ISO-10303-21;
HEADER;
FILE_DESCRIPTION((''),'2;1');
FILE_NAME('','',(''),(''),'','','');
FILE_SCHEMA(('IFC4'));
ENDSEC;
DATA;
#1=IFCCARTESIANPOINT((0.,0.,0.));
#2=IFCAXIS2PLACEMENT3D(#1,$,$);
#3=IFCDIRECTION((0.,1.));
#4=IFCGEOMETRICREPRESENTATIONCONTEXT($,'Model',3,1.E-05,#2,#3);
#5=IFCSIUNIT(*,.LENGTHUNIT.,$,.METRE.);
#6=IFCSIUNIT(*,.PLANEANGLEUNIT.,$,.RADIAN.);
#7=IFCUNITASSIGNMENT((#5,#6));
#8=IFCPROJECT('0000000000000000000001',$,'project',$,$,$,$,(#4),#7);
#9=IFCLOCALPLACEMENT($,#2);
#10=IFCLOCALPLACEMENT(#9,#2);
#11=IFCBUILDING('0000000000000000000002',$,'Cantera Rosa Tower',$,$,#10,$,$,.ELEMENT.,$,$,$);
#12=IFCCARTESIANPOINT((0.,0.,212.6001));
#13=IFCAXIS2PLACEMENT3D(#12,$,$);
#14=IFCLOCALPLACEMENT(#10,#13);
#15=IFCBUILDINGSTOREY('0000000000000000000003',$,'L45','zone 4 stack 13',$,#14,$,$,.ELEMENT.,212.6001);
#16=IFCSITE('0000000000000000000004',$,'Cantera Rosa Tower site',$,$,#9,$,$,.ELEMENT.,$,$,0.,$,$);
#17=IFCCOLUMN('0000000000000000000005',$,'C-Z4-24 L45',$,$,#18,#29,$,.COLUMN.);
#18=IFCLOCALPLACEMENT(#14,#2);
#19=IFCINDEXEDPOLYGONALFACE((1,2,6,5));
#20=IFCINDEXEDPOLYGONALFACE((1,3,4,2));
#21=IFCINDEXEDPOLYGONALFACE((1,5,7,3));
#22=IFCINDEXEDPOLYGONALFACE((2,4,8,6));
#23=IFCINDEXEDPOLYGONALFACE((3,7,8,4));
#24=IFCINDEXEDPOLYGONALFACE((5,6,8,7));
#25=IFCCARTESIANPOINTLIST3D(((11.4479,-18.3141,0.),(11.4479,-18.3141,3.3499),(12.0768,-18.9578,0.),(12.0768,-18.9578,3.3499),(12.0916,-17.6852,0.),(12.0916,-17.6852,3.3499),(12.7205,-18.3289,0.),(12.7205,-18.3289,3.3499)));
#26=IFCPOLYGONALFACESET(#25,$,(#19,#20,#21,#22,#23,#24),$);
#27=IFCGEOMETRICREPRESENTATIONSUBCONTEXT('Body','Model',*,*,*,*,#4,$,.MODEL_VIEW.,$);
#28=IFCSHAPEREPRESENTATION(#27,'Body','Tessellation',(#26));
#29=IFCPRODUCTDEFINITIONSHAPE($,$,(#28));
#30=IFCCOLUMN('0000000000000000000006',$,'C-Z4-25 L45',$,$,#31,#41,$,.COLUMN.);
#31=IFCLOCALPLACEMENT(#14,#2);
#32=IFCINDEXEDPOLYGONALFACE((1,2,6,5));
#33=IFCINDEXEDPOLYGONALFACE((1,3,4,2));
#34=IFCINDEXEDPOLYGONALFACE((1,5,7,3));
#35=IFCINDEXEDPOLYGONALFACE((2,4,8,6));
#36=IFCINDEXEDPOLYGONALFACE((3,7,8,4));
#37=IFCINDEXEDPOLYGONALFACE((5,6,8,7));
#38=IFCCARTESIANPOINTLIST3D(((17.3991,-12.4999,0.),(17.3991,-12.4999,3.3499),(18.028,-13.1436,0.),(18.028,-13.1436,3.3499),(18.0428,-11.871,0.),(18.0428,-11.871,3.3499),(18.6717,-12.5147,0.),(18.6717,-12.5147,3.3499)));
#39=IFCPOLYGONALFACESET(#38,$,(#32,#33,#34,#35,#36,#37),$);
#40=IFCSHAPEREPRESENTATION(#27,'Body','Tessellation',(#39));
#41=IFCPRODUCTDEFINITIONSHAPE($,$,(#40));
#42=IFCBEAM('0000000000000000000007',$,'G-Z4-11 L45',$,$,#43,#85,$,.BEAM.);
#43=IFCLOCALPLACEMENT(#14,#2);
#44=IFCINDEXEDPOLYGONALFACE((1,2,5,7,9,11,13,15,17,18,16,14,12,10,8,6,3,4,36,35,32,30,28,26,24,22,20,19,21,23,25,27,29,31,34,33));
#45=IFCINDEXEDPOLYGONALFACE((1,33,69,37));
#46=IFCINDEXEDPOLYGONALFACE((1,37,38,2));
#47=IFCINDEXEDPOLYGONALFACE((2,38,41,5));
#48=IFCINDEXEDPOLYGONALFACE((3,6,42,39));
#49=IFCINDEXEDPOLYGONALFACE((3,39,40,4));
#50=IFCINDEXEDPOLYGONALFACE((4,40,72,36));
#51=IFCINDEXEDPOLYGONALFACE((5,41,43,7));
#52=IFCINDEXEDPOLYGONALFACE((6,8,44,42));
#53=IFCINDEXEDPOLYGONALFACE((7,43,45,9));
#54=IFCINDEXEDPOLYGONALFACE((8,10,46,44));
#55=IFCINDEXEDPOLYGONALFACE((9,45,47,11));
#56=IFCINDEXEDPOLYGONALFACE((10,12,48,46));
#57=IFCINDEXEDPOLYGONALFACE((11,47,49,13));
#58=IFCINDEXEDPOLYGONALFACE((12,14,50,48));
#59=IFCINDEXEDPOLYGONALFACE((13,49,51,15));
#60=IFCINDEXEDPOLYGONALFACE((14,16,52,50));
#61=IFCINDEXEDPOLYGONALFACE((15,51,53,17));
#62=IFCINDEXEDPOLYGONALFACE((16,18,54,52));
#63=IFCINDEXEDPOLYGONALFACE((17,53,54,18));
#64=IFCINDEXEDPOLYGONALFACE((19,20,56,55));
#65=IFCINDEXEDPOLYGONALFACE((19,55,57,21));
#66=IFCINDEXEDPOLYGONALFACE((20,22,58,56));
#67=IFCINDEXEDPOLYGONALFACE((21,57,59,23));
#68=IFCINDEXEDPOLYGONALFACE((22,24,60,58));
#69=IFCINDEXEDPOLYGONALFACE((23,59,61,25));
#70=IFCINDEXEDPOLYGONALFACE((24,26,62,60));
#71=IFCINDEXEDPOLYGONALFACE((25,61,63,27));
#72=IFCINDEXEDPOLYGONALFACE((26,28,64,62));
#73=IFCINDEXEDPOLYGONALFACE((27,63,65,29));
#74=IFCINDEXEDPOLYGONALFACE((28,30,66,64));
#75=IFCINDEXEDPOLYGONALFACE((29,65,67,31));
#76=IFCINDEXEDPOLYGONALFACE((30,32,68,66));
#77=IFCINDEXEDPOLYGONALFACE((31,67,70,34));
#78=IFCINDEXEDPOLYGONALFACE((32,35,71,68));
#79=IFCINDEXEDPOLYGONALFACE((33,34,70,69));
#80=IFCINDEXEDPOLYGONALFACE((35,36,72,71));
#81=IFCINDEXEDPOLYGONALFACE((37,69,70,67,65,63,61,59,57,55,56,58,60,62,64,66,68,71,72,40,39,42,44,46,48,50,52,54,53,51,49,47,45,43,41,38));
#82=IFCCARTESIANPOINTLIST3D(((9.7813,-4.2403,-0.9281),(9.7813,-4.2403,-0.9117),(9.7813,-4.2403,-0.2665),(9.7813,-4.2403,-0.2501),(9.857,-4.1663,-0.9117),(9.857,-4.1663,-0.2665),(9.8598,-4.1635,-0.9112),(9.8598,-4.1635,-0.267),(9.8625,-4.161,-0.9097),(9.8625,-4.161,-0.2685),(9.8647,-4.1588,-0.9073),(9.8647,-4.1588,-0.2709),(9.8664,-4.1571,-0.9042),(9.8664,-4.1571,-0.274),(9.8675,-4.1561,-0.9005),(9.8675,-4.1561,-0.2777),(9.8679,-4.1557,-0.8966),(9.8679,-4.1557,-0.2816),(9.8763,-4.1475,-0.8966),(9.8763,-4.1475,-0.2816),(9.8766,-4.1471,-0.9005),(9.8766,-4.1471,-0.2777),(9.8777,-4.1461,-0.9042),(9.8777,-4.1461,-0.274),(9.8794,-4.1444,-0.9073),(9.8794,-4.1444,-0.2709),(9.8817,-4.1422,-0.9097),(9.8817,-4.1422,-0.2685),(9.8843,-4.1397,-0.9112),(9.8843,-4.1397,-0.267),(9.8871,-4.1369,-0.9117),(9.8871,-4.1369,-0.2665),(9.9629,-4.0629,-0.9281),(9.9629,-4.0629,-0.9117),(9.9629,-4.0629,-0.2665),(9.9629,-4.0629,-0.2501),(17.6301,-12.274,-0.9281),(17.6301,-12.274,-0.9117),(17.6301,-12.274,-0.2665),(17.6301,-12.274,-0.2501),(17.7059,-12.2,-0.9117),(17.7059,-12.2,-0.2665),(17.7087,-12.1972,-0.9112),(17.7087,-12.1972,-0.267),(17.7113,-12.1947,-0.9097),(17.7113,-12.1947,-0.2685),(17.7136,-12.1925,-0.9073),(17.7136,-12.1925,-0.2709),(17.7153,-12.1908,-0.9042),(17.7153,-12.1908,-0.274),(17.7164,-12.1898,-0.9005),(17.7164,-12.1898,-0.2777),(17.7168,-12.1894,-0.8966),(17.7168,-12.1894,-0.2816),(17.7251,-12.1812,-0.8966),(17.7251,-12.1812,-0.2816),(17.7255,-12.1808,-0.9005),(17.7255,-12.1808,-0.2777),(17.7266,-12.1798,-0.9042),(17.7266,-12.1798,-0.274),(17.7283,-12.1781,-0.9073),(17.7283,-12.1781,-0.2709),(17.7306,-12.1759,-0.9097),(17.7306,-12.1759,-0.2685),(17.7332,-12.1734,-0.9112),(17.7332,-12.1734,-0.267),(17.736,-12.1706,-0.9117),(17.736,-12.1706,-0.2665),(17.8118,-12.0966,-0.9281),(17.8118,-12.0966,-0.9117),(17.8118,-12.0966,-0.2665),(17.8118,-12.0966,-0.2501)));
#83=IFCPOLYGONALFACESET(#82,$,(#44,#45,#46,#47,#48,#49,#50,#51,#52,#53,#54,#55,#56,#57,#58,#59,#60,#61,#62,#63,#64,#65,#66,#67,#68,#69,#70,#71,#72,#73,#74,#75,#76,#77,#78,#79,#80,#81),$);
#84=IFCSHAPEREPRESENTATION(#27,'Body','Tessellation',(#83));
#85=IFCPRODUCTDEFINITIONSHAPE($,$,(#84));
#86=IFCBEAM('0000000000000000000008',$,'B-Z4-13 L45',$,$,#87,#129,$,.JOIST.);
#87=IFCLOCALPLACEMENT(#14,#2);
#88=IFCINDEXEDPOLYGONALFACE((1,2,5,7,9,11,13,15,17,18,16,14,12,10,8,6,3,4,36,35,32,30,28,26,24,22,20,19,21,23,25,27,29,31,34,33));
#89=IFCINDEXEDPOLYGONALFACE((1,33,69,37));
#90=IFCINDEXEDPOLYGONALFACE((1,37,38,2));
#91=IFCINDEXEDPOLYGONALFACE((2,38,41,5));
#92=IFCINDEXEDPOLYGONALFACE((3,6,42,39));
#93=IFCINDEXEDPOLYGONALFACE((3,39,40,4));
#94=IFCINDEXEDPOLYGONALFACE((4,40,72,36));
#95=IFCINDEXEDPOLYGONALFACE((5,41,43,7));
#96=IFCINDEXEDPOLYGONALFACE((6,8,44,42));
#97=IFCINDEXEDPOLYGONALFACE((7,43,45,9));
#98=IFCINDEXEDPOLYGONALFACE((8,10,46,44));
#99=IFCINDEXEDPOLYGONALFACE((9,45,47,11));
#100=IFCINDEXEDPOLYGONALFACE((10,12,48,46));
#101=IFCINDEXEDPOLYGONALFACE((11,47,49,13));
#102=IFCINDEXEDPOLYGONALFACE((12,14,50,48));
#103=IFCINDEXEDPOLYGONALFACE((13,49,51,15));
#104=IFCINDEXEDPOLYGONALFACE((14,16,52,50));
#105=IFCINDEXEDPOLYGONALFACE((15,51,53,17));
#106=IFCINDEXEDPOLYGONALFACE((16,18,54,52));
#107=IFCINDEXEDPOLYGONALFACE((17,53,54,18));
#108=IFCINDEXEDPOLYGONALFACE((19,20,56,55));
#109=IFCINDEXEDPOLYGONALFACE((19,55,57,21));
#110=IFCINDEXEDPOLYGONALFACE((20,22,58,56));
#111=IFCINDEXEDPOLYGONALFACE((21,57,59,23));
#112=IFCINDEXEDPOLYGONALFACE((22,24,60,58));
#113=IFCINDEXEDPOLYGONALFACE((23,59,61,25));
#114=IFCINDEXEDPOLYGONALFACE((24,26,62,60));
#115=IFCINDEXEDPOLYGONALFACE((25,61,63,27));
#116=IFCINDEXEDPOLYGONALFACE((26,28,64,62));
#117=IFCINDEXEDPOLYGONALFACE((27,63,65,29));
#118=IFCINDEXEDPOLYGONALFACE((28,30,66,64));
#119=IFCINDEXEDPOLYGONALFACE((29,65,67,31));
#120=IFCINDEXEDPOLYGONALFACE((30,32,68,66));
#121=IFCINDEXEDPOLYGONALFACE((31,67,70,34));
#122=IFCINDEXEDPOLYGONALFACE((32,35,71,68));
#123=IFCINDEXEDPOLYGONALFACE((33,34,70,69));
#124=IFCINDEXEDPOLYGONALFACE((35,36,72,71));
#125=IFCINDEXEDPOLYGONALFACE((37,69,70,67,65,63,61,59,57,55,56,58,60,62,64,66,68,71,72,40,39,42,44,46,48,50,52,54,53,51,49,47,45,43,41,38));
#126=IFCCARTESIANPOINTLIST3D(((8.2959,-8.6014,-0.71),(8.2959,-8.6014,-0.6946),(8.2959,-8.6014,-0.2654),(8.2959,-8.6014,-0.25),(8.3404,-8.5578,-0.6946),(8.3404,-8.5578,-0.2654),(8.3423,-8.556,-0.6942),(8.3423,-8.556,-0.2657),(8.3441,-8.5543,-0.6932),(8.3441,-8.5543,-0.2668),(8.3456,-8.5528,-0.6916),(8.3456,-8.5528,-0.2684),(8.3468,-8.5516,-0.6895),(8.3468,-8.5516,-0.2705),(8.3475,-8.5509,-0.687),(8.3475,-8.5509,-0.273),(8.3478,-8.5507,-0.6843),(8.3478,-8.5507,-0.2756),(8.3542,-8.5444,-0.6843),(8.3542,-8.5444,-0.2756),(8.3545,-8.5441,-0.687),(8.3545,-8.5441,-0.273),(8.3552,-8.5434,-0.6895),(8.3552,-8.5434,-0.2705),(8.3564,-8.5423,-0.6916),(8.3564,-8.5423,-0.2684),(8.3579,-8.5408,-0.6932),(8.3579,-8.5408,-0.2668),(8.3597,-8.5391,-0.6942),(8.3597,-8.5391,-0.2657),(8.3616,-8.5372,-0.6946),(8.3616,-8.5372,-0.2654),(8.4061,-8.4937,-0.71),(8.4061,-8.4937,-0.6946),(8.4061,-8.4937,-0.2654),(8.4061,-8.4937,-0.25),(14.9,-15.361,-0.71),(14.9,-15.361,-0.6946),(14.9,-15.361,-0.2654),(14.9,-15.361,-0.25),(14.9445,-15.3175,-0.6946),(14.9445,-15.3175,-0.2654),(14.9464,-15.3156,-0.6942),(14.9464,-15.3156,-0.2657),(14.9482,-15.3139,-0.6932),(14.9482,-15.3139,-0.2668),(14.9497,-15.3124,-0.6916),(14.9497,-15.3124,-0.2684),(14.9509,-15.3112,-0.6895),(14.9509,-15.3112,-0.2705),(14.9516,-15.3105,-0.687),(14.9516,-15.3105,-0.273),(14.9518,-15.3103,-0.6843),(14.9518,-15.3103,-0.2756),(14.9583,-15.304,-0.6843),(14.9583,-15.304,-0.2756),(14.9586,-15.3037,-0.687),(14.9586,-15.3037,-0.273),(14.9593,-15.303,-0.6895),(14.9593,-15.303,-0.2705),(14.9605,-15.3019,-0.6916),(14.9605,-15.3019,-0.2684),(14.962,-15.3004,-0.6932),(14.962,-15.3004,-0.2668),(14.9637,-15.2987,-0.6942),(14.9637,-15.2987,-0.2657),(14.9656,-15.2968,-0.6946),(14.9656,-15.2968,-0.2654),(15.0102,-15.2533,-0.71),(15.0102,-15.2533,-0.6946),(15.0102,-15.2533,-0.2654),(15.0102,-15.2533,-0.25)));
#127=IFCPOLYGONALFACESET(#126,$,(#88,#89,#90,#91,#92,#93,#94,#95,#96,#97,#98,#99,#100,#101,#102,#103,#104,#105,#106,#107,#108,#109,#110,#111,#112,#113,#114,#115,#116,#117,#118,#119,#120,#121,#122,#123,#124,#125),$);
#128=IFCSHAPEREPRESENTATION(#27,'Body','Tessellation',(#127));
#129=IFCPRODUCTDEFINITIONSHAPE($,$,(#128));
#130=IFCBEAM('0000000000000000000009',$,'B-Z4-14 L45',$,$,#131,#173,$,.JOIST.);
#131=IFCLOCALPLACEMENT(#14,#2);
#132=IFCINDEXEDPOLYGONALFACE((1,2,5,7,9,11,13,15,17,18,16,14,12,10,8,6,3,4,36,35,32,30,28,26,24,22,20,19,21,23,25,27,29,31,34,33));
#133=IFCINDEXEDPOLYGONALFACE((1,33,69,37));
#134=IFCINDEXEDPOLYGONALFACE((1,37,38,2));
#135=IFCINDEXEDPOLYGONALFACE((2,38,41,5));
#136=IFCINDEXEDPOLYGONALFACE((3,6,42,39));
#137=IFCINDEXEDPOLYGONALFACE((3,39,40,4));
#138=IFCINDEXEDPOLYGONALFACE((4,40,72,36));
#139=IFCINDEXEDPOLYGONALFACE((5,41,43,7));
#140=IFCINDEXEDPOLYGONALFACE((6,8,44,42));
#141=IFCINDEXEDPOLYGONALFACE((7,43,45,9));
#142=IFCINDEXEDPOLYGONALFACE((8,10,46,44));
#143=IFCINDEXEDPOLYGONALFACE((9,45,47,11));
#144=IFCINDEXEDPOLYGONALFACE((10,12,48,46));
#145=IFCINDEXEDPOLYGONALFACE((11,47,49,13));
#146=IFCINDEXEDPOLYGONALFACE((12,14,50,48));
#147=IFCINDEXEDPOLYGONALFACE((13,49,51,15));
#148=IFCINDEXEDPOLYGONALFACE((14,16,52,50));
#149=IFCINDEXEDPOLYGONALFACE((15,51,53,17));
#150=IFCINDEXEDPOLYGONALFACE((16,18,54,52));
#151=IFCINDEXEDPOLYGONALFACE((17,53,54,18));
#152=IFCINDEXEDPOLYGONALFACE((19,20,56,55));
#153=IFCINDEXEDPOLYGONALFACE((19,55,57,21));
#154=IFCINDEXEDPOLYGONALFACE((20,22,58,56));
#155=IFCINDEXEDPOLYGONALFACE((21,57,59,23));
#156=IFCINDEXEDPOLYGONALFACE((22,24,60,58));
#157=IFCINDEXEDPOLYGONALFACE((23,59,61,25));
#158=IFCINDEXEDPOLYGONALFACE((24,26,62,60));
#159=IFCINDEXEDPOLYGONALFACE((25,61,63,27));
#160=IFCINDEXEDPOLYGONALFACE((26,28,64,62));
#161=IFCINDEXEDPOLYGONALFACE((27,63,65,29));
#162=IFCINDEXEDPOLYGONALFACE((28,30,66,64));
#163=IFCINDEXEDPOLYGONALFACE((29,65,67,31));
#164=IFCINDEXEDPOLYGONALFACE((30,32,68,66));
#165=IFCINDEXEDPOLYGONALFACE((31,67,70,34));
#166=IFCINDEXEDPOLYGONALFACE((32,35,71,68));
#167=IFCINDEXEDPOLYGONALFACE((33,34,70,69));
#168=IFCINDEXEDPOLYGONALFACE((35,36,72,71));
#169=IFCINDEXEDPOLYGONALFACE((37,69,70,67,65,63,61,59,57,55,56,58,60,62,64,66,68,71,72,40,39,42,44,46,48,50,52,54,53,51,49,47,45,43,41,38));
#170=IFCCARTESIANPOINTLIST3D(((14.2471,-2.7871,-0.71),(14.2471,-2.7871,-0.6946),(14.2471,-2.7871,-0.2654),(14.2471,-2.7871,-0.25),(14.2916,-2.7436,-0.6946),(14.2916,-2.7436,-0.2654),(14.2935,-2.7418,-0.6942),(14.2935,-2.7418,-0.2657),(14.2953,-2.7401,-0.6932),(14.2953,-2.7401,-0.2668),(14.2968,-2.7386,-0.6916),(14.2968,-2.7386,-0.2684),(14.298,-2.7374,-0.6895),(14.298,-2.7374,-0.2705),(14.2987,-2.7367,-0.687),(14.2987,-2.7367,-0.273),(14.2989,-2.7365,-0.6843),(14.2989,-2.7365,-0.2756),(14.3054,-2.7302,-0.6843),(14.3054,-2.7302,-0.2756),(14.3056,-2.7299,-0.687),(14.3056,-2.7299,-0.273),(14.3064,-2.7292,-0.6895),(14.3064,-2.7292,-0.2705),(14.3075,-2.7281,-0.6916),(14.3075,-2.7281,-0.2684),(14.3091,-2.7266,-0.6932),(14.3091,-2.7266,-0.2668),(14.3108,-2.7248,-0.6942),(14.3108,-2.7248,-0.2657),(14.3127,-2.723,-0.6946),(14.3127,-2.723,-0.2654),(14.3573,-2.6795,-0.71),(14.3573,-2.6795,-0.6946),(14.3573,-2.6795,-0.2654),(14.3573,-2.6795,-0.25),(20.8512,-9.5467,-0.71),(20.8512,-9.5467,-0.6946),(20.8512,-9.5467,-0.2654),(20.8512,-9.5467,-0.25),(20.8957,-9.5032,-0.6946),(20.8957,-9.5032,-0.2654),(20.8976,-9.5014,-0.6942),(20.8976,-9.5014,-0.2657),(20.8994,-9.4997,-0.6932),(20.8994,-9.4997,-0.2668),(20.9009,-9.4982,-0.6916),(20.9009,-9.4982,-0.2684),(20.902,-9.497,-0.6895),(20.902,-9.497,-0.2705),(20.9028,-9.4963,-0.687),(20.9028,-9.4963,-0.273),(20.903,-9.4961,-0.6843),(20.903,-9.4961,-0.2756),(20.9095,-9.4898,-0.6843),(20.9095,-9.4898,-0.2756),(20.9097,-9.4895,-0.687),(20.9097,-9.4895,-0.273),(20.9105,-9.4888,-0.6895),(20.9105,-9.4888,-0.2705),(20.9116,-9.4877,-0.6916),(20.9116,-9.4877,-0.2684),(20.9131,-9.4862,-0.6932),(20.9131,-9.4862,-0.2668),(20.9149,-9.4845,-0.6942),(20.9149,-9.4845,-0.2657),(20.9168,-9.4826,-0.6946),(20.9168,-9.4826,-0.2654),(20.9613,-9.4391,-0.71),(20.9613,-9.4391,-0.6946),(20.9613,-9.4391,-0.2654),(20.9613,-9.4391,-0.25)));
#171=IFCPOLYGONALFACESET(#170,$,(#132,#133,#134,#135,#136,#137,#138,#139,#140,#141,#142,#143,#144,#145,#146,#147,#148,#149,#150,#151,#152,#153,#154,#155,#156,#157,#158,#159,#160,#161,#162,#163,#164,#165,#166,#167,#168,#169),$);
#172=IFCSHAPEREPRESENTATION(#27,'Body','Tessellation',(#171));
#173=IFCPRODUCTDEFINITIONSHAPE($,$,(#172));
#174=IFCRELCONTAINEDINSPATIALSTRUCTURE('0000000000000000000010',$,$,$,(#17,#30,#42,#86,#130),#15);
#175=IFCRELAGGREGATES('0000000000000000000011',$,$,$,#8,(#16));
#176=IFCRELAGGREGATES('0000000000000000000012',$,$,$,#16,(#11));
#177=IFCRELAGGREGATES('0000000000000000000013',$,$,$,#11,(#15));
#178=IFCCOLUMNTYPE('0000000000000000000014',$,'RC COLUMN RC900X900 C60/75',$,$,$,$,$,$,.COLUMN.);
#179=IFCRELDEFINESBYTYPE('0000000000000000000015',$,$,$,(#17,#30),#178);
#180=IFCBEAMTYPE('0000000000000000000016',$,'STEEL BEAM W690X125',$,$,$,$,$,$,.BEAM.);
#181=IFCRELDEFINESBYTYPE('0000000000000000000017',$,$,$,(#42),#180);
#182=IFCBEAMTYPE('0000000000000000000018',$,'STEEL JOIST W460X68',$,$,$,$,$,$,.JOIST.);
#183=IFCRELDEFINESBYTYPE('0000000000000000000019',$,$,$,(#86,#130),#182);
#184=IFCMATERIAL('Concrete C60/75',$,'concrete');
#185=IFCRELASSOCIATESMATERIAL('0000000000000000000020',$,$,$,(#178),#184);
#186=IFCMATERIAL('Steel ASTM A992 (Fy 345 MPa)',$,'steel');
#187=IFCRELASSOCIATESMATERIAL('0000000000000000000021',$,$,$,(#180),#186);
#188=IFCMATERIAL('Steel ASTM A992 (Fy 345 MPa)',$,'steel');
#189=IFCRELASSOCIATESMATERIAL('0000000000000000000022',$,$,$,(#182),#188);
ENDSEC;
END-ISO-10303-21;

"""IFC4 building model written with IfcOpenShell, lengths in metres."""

from ifc_helpers import new_model, si_unit, direction, frame, origin, origin_2d, place, context, subcontext, project, spatial, rectangle, i_section, extrude, material, material_profile, profile_set, type_object, element, save


model = new_model("IFC4")

# Units and contexts
model_context = context("Model", 3, precision=1e-05, world=origin(), true_north=direction((0.0, 1.0)))
body_context = subcontext(model_context, "Body", "Model", "MODEL_VIEW")
ifc_project = project(units=[si_unit("LENGTHUNIT", "METRE"), si_unit("PLANEANGLEUNIT", "RADIAN")], contexts=[model_context])

# Site, building, storey
site_placement = place(None, origin())
site = spatial("IfcSite", under=ifc_project, at=site_placement, Name="Cantera Rosa Tower site", CompositionType="ELEMENT", RefElevation=0.0)
building_placement = place(site_placement, origin())
building = spatial("IfcBuilding", under=site, at=building_placement, Name="Cantera Rosa Tower", CompositionType="ELEMENT")
storey_placement = place(building_placement, frame((0.0, 0.0, 212.6001)))
storey = spatial("IfcBuildingStorey", under=building, at=storey_placement, Name="L45", Description="zone 4 stack 13", CompositionType="ELEMENT", Elevation=212.6001)

# Columns
ifc_material_1 = material(Name="Concrete C60/75", Category="concrete")
ifc_material_profile_1 = material_profile(ifc_material_1, rectangle(XDim=0.8999, YDim=0.8999, at=origin_2d()), Name="RC COLUMN RC900X900 C60/75")
ifc_profile_set_1 = profile_set([ifc_material_profile_1], Name="Concrete C60/75")
column_type = type_object("IfcColumnType", Name="RC COLUMN RC900X900 C60/75", PredefinedType="COLUMN", material=ifc_profile_set_1)
for number, where, z_axis, x_axis, name in (
    (1, (12.0842, -18.3215, 0.0), (0.0, 0.0, 1.0), (0.715286, 0.698832, 0.0), "C-Z4-24 L45"),
    (2, (18.0354, -12.5073, 0.0), (0.0, 0.0, 1.0), (0.715286, 0.698832, 0.0), "C-Z4-25 L45"),
):
    element("IfcColumn", number, at=place(storey_placement, frame(where, z_axis=z_axis, x_axis=x_axis)), inside=storey, type_object=column_type, Name=name, PredefinedType="COLUMN", context=body_context, shape_type="SweptSolid", body=[
        extrude(rectangle(XDim=0.8999, YDim=0.8999, at=origin_2d()), origin(), (0.0, 0.0, 1.0), 3.3499),
    ])

# Beams
ifc_material_2 = material(Name="Steel ASTM A992 (Fy 345 MPa)", Category="steel")
ifc_material_profile_2 = material_profile(ifc_material_2, i_section(OverallWidth=0.2539, OverallDepth=0.678, WebThickness=0.0117, FlangeThickness=0.0164, FilletRadius=0.0151, at=origin_2d()), Name="W690X125")
ifc_profile_set_2 = profile_set([ifc_material_profile_2], Name="Steel ASTM A992 (Fy 345 MPa)")
beam_type_1 = type_object("IfcBeamType", Name="STEEL BEAM W690X125", PredefinedType="BEAM", material=ifc_profile_set_2)
beam_placement = place(storey_placement, frame((17.7209, -12.1853, -0.5891), z_axis=(-0.698831, 0.715286, 0.0), x_axis=(-0.715286, -0.698831, 0.0)))
element("IfcBeam", 3, at=beam_placement, inside=storey, type_object=beam_type_1, Name="G-Z4-11 L45", PredefinedType="BEAM", context=body_context, shape_type="SweptSolid", body=[
    extrude(i_section(OverallWidth=0.2539, OverallDepth=0.678, WebThickness=0.0117, FlangeThickness=0.0164, FilletRadius=0.0151, at=origin_2d()), origin(), (0.0, 0.0, 1.0), 11.2314),
])
ifc_material_3 = material(Name="Steel ASTM A992 (Fy 345 MPa)", Category="steel")
ifc_material_profile_3 = material_profile(ifc_material_3, i_section(OverallWidth=0.1541, OverallDepth=0.46, WebThickness=0.009, FlangeThickness=0.0154, FilletRadius=0.0103, at=origin_2d()), Name="W460X68")
ifc_profile_set_3 = profile_set([ifc_material_profile_3], Name="Steel ASTM A992 (Fy 345 MPa)")
beam_type_2 = type_object("IfcBeamType", Name="STEEL JOIST W460X68", PredefinedType="JOIST", material=ifc_profile_set_3)
for number, where, z_axis, x_axis, name in (
    (4, (14.9551, -15.3071, -0.48), (-0.698831, 0.715287, 0.0), (-0.715287, -0.698831, 0.0), "B-Z4-13 L45"),
    (5, (20.9062, -9.4929, -0.48), (-0.698831, 0.715287, 0.0), (-0.715287, -0.698831, 0.0), "B-Z4-14 L45"),
):
    element("IfcBeam", number, at=place(storey_placement, frame(where, z_axis=z_axis, x_axis=x_axis)), inside=storey, type_object=beam_type_2, Name=name, PredefinedType="JOIST", context=body_context, shape_type="SweptSolid", body=[
        extrude(i_section(OverallWidth=0.1541, OverallDepth=0.46, WebThickness=0.009, FlangeThickness=0.0154, FilletRadius=0.0103, at=origin_2d()), origin(), (0.0, 0.0, 1.0), 9.4502),
    ])

save(model, "model.ifc")
